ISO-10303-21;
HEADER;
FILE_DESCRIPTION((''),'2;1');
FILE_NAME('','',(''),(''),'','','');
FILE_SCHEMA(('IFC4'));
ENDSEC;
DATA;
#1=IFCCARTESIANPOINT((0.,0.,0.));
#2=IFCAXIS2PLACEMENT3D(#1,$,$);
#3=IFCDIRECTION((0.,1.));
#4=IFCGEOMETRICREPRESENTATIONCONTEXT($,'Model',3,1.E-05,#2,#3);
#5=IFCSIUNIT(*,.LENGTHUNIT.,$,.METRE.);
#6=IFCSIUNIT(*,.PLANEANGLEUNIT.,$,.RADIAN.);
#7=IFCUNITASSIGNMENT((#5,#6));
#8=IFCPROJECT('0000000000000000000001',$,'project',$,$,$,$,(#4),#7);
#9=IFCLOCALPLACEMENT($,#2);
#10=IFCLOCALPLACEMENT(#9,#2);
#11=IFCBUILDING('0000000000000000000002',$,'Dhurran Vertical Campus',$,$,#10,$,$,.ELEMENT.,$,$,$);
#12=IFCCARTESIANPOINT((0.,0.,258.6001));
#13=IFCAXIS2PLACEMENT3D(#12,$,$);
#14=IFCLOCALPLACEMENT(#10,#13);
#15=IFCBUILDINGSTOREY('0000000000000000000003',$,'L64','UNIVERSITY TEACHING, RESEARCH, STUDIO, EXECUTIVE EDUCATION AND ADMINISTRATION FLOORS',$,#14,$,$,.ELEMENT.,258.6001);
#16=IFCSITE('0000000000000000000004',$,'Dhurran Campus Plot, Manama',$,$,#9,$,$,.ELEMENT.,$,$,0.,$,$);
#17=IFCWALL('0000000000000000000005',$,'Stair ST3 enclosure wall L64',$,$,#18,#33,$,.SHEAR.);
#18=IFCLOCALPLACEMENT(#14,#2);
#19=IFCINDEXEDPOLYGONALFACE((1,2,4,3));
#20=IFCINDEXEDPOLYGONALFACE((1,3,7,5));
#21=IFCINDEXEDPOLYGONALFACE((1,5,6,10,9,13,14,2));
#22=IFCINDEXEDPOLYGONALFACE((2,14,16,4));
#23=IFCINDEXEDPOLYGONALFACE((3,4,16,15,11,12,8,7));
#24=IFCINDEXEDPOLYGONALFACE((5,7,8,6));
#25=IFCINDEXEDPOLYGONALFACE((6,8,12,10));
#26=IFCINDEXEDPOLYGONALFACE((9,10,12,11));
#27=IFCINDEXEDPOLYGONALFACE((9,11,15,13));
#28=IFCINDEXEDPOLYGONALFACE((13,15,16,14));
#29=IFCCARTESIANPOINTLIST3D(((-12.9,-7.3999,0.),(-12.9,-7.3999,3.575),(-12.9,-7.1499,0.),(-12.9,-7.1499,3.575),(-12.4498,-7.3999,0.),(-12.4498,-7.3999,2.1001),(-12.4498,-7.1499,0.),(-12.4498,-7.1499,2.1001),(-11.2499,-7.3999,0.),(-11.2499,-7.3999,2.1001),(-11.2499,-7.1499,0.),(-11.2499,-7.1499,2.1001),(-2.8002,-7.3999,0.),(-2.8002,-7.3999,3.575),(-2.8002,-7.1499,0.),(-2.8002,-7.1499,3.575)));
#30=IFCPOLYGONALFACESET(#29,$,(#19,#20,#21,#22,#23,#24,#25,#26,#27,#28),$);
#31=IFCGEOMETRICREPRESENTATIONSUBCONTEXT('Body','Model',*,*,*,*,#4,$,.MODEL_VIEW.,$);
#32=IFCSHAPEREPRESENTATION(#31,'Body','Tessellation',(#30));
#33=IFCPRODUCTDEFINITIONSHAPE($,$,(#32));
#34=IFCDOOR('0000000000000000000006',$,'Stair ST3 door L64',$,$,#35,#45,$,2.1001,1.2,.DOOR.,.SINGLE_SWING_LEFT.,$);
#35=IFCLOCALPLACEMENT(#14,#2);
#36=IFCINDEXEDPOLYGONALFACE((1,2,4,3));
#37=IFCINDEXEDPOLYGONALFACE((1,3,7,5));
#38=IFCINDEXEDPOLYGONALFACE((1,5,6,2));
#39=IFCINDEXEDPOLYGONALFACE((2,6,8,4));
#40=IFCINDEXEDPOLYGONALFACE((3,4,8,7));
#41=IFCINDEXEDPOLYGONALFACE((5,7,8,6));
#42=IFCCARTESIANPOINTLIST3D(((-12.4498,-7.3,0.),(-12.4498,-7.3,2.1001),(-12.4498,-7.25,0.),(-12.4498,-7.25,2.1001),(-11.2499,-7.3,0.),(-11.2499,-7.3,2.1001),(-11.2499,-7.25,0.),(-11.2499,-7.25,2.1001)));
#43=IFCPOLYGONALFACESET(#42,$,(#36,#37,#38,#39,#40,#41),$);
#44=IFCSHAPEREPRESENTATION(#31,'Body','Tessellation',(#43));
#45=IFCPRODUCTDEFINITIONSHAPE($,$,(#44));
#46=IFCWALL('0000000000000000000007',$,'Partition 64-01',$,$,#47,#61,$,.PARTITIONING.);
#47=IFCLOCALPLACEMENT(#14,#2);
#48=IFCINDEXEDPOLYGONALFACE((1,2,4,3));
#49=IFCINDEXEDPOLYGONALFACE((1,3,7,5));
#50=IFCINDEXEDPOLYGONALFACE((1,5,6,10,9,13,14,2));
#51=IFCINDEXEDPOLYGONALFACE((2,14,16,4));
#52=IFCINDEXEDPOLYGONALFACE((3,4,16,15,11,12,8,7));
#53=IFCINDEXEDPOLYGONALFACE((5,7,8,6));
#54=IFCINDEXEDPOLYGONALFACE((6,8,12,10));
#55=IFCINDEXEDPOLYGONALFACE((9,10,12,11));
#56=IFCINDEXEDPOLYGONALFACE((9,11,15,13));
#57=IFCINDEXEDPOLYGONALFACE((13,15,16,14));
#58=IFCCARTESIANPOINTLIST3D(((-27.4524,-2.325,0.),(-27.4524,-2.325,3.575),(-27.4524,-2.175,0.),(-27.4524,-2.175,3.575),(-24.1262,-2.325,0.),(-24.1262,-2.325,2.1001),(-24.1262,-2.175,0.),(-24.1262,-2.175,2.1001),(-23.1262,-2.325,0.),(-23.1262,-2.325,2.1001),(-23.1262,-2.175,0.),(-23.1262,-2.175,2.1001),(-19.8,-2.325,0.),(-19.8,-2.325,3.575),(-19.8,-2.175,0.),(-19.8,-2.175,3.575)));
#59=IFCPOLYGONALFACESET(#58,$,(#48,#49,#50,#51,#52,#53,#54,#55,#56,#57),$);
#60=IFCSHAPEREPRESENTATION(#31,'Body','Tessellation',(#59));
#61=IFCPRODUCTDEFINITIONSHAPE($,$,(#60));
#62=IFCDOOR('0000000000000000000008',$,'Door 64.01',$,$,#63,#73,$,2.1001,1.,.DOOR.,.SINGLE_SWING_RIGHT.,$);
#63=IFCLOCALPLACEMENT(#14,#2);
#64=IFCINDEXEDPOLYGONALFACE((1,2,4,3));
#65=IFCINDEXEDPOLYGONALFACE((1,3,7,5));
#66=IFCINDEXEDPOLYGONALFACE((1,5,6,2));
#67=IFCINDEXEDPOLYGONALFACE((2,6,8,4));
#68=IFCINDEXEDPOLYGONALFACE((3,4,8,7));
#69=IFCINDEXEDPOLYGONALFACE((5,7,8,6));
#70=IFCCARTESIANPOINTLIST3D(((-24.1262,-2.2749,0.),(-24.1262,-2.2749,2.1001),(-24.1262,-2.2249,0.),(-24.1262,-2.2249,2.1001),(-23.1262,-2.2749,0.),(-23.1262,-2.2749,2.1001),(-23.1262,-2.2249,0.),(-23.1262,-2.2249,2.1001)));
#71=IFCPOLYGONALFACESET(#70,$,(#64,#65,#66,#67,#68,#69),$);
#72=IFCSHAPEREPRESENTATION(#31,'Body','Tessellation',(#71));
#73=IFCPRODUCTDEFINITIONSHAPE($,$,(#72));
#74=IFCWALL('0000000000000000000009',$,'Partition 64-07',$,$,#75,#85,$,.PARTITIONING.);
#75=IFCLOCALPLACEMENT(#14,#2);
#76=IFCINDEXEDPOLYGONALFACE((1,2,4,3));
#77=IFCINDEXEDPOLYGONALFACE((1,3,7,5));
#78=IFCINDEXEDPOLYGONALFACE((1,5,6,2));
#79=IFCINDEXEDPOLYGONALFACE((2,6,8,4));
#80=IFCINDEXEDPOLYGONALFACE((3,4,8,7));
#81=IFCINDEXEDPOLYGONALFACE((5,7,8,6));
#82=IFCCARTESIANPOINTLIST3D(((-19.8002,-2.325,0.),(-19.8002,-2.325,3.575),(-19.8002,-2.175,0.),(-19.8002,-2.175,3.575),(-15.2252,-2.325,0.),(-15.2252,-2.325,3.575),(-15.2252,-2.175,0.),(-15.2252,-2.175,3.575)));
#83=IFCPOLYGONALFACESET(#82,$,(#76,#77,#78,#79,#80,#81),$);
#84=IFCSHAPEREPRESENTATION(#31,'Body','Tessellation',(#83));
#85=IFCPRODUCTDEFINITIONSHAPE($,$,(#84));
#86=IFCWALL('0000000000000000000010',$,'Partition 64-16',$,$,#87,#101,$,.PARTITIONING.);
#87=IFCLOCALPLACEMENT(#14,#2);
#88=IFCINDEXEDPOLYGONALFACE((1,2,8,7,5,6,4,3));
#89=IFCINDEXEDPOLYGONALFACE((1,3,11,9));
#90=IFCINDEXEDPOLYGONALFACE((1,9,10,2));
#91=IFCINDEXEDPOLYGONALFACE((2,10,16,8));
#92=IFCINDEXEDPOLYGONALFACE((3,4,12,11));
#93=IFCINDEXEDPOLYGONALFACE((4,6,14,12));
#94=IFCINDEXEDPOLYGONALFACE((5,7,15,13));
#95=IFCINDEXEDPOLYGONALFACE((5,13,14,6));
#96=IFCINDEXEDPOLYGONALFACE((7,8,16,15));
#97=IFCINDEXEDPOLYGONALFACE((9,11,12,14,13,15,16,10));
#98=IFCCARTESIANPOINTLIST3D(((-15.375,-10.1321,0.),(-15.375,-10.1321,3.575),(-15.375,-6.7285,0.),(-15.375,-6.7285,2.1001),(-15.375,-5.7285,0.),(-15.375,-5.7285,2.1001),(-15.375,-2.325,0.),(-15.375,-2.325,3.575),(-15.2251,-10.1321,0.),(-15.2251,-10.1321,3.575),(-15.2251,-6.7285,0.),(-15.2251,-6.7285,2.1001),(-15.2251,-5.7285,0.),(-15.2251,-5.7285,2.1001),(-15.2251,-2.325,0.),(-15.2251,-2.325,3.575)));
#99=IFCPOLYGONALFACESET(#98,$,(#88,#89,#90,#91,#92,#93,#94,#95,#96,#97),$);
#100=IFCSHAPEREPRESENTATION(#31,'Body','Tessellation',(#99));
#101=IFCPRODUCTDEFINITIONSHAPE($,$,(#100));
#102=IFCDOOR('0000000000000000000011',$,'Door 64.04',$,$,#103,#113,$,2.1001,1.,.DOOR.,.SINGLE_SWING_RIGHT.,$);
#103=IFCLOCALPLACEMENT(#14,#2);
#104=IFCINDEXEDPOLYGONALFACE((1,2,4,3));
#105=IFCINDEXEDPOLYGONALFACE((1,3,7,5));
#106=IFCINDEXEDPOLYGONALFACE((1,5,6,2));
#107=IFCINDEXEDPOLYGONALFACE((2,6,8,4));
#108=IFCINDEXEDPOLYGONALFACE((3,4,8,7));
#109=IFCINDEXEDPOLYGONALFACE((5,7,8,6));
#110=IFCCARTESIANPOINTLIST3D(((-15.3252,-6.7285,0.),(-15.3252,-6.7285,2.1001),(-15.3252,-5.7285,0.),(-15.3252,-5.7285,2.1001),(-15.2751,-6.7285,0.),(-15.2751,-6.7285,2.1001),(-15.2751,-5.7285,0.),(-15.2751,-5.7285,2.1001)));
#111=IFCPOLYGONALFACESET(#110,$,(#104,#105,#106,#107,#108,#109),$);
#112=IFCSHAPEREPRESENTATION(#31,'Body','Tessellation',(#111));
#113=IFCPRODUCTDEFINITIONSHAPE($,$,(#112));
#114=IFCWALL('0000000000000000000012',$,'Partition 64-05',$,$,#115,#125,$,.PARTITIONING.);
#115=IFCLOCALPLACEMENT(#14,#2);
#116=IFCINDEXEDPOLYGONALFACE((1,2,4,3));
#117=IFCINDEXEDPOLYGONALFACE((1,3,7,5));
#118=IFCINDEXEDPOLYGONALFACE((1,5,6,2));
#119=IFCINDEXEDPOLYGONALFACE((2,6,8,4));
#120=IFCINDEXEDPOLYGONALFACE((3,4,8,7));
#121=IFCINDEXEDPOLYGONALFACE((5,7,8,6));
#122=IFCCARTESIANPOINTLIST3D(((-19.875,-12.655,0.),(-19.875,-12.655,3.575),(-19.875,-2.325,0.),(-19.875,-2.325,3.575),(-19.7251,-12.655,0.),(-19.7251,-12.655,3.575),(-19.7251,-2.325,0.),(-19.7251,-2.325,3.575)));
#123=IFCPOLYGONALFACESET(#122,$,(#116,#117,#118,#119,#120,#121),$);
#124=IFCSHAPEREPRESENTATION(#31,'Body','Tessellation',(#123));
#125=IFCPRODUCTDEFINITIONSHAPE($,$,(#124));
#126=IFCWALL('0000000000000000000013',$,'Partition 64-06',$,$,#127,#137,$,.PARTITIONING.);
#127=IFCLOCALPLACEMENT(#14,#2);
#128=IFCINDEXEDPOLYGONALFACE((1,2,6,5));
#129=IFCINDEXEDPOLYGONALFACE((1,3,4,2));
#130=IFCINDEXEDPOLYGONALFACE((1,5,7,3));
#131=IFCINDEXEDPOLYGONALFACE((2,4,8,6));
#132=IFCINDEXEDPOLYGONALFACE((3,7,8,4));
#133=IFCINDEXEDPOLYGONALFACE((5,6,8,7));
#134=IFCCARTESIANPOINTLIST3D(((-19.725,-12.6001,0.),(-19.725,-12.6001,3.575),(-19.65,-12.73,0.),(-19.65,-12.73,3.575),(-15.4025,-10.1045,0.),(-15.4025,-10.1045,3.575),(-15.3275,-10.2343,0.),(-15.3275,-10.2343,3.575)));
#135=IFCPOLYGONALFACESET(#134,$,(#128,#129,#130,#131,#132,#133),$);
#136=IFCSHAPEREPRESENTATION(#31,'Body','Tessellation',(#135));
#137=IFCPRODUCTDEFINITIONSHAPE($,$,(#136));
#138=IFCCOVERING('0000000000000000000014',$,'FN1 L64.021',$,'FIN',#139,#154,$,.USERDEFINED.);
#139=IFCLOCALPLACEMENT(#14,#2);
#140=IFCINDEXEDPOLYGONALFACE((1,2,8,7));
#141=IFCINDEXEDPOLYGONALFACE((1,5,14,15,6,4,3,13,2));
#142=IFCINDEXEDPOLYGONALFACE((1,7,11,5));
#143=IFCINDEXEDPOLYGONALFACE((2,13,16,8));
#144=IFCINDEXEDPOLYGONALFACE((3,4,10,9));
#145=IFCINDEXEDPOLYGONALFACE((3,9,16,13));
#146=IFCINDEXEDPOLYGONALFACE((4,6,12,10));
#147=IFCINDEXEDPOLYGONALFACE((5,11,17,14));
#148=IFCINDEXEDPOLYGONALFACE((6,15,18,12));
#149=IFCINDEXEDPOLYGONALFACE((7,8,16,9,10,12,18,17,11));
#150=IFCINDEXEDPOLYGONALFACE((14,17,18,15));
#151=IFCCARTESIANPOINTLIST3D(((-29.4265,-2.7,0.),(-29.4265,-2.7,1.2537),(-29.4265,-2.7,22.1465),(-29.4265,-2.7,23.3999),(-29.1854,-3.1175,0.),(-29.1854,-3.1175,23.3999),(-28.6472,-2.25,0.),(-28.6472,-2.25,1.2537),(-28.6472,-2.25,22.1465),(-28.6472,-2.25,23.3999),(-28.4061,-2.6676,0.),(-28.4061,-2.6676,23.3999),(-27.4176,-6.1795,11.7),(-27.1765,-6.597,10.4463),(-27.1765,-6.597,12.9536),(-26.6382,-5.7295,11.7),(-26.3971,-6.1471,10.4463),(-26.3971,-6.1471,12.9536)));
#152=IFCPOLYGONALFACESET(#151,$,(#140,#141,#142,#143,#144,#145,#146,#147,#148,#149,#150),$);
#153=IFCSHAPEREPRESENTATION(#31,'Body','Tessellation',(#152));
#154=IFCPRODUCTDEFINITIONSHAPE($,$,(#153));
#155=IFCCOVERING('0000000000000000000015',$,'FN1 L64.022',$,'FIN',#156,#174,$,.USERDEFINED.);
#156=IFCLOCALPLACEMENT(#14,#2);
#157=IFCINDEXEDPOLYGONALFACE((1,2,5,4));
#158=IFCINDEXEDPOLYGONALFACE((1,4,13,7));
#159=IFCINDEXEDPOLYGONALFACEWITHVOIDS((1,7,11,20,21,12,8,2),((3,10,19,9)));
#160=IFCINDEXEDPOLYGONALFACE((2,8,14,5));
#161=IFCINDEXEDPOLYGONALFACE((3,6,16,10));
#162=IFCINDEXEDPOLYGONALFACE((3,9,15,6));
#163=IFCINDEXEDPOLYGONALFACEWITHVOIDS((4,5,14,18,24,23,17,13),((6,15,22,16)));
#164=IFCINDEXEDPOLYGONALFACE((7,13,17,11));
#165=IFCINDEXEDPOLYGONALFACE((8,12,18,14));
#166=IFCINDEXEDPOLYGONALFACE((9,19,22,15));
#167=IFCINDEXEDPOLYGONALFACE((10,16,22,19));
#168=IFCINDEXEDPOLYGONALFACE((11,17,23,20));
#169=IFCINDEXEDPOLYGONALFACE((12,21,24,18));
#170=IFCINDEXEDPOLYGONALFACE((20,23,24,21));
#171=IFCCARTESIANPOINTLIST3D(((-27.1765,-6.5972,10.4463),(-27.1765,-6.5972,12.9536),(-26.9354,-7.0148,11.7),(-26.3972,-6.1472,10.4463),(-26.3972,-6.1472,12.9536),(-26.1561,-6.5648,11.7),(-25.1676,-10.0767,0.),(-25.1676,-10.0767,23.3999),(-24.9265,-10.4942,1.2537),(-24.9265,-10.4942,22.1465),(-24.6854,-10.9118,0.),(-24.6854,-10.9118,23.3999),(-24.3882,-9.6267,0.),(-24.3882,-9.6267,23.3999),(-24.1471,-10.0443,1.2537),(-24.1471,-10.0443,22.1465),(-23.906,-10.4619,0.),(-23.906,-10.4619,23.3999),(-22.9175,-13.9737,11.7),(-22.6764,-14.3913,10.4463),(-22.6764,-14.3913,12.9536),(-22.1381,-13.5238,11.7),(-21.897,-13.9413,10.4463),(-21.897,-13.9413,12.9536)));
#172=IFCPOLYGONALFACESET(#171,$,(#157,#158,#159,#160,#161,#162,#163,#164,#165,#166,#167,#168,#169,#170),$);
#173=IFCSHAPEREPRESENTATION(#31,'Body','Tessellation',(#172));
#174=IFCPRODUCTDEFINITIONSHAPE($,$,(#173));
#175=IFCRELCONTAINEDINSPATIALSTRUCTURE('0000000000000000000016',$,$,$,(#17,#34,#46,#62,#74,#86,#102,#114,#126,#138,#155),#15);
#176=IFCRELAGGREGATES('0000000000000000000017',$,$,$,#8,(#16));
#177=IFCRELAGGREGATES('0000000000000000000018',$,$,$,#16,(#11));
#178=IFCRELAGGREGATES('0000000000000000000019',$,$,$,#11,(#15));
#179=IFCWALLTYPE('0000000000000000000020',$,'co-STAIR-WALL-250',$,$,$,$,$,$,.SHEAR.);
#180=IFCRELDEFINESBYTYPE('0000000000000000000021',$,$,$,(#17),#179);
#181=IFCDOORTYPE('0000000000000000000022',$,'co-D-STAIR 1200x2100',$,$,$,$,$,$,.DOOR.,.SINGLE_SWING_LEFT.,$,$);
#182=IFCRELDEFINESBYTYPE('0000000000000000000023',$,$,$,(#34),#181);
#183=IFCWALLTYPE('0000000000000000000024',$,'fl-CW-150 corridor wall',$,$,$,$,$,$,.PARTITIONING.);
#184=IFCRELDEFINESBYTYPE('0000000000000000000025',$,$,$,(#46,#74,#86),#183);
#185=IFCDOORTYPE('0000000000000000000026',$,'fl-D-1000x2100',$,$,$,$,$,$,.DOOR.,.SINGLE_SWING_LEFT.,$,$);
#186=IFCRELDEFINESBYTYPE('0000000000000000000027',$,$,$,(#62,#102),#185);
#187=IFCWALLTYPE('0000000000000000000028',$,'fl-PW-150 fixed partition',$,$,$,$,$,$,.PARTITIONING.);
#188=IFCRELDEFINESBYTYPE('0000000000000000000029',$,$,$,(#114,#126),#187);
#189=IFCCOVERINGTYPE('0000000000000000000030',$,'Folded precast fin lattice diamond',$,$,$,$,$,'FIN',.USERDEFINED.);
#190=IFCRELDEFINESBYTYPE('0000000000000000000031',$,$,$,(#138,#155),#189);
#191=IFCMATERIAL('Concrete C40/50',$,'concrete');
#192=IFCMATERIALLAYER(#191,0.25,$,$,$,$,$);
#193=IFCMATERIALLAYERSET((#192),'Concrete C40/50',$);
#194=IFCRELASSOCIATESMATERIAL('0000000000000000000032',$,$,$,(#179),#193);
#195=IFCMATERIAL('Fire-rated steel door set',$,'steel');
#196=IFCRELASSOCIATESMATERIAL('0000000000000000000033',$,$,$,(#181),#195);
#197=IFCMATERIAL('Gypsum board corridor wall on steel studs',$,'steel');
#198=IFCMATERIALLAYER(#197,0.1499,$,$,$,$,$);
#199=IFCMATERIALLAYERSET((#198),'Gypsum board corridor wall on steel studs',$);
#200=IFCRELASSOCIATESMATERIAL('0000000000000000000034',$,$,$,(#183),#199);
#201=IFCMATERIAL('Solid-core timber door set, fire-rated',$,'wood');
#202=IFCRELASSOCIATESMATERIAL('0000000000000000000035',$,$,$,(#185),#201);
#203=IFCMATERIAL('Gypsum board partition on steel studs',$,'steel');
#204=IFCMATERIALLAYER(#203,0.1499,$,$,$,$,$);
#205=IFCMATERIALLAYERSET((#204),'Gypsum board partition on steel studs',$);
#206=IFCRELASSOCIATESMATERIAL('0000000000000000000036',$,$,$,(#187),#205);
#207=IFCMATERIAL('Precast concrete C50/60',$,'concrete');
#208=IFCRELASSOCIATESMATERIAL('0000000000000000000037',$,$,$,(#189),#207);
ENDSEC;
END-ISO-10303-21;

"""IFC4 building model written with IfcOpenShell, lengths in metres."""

from ifc_helpers import new_model, si_unit, direction, frame, frame_2d, origin, place, context, subcontext, project, spatial, polyline, rectangle, outline, extrude, material, layer, layer_set, type_object, element, fill, save


model = new_model("IFC4")

# Units and contexts
model_context = context("Model", 3, precision=1e-05, world=origin(), true_north=direction((0.0, 1.0)))
body_context = subcontext(model_context, "Body", "Model", "MODEL_VIEW")
ifc_project = project(units=[si_unit("LENGTHUNIT", "METRE"), si_unit("PLANEANGLEUNIT", "RADIAN")], contexts=[model_context])

# Site, building, storey
site_placement = place(None, origin())
site = spatial("IfcSite", under=ifc_project, at=site_placement, Name="Dhurran Campus Plot, Manama", CompositionType="ELEMENT", RefElevation=0.0)
building_placement = place(site_placement, origin())
building = spatial("IfcBuilding", under=site, at=building_placement, Name="Dhurran Vertical Campus", CompositionType="ELEMENT")
storey_placement = place(building_placement, frame((0.0, 0.0, 258.6001)))
storey = spatial("IfcBuildingStorey", under=building, at=storey_placement, Name="L64", Description="UNIVERSITY TEACHING, RESEARCH, STUDIO, EXECUTIVE EDUCATION AND ADMINISTRATION FLOORS", CompositionType="ELEMENT", Elevation=258.6001)

# Walls, openings, doors
ifc_material_1 = material(Name="Concrete C40/50", Category="concrete")
ifc_layer_1 = layer(ifc_material_1, 0.25)
ifc_layer_set_1 = layer_set([ifc_layer_1], Name="Concrete C40/50")
wall_type_1 = type_object("IfcWallType", Name="co-STAIR-WALL-250", PredefinedType="SHEAR", material=ifc_layer_set_1)
wall_1_placement = place(storey_placement, frame((-12.8999, -7.2749, 0.0), z_axis=(0.0, 0.0, 1.0), x_axis=(1.0, 0.0, 0.0)))
wall_1 = element("IfcWall", 1, at=wall_1_placement, inside=storey, type_object=wall_type_1, Name="Stair ST3 enclosure wall L64", PredefinedType="SHEAR", context=body_context, shape_type="SweptSolid", body=[
    extrude(rectangle(XDim=10.0999, YDim=0.25, at=frame_2d((5.0498, 0.0))), origin(), (0.0, 0.0, 1.0), 3.575),
])
opening_1_placement = place(wall_1_placement, frame((0.45, 0.0, 0.0)))
opening_1 = element("IfcOpeningElement", 2, at=opening_1_placement, cuts=wall_1, PredefinedType="OPENING", context=body_context, shape_type="SweptSolid", body=[
    extrude(rectangle(XDim=1.2, YDim=2.1001, at=frame_2d((0.6001, 1.05))), frame((0.0, 0.135, 0.0), z_axis=(0.0, -1.0, 0.0), x_axis=(1.0, 0.0, 0.0)), (0.0, 0.0, 1.0), 0.27),
])
ifc_material_2 = material(Name="Fire-rated steel door set", Category="steel")
door_type_1 = type_object("IfcDoorType", Name="co-D-STAIR 1200x2100", OperationType="SINGLE_SWING_LEFT", PredefinedType="DOOR", material=ifc_material_2)
door_1_placement = place(opening_1_placement, origin())
door_1 = element("IfcDoor", 3, at=door_1_placement, inside=storey, type_object=door_type_1, Name="Stair ST3 door L64", OperationType="SINGLE_SWING_LEFT", OverallHeight=2.1001, OverallWidth=1.2, PredefinedType="DOOR", context=body_context, shape_type="SweptSolid", body=[
    extrude(rectangle(XDim=1.2, YDim=2.1001, at=frame_2d((0.6001, 1.05))), frame((0.0, 0.0249, 0.0), z_axis=(0.0, -1.0, 0.0), x_axis=(1.0, 0.0, 0.0)), (0.0, 0.0, 1.0), 0.05),
])
fill(opening_1, door_1)
ifc_material_3 = material(Name="Gypsum board corridor wall on steel studs", Category="steel")
ifc_layer_2 = layer(ifc_material_3, 0.1499)
ifc_layer_set_2 = layer_set([ifc_layer_2], Name="Gypsum board corridor wall on steel studs")
wall_type_2 = type_object("IfcWallType", Name="fl-CW-150 corridor wall", PredefinedType="PARTITIONING", material=ifc_layer_set_2)
wall_2_placement = place(storey_placement, frame((-19.8, -2.25, 0.0), z_axis=(0.0, 0.0, 1.0), x_axis=(-1.0, 0.0, 0.0)))
wall_2 = element("IfcWall", 4, at=wall_2_placement, inside=storey, type_object=wall_type_2, Name="Partition 64-01", PredefinedType="PARTITIONING", context=body_context, shape_type="SweptSolid", body=[
    extrude(rectangle(XDim=7.6523, YDim=0.1499, at=frame_2d((3.8262, 0.0))), origin(), (0.0, 0.0, 1.0), 3.575),
])
opening_2_placement = place(wall_2_placement, frame((3.3262, 0.0, 0.0)))
opening_2 = element("IfcOpeningElement", 5, at=opening_2_placement, cuts=wall_2, PredefinedType="OPENING", context=body_context, shape_type="SweptSolid", body=[
    extrude(rectangle(XDim=1.0, YDim=2.1001, at=frame_2d((0.5, 1.05))), frame((0.0, 0.085, 0.0), z_axis=(0.0, -1.0, 0.0), x_axis=(1.0, 0.0, 0.0)), (0.0, 0.0, 1.0), 0.1699),
])
ifc_material_4 = material(Name="Solid-core timber door set, fire-rated", Category="wood")
door_type_2 = type_object("IfcDoorType", Name="fl-D-1000x2100", OperationType="SINGLE_SWING_LEFT", PredefinedType="DOOR", material=ifc_material_4)
door_2_placement = place(opening_2_placement, origin())
door_2 = element("IfcDoor", 6, at=door_2_placement, inside=storey, type_object=door_type_2, Name="Door 64.01", OperationType="SINGLE_SWING_RIGHT", OverallHeight=2.1001, OverallWidth=1.0, PredefinedType="DOOR", context=body_context, shape_type="SweptSolid", body=[
    extrude(rectangle(XDim=1.0, YDim=2.1001, at=frame_2d((0.5, 1.05))), frame((0.0, 0.0249, 0.0), z_axis=(0.0, -1.0, 0.0), x_axis=(1.0, 0.0, 0.0)), (0.0, 0.0, 1.0), 0.05),
])
fill(opening_2, door_2)

# Wall
wall_3_placement = place(storey_placement, frame((-15.2251, -2.25, 0.0), z_axis=(0.0, 0.0, 1.0), x_axis=(-1.0, 0.0, 0.0)))
element("IfcWall", 7, at=wall_3_placement, inside=storey, type_object=wall_type_2, Name="Partition 64-07", PredefinedType="PARTITIONING", context=body_context, shape_type="SweptSolid", body=[
    extrude(rectangle(XDim=4.575, YDim=0.1499, at=frame_2d((2.2876, 0.0))), origin(), (0.0, 0.0, 1.0), 3.575),
])

# Wall, opening, door
wall_4_placement = place(storey_placement, frame((-15.3, -2.325, 0.0), z_axis=(0.0, 0.0, 1.0), x_axis=(0.0, -1.0, 0.0)))
wall_4 = element("IfcWall", 8, at=wall_4_placement, inside=storey, type_object=wall_type_2, Name="Partition 64-16", PredefinedType="PARTITIONING", context=body_context, shape_type="SweptSolid", body=[
    extrude(rectangle(XDim=7.8071, YDim=0.1499, at=frame_2d((3.9036, 0.0))), origin(), (0.0, 0.0, 1.0), 3.575),
])
opening_3_placement = place(wall_4_placement, frame((3.4036, 0.0, 0.0)))
opening_3 = element("IfcOpeningElement", 9, at=opening_3_placement, cuts=wall_4, PredefinedType="OPENING", context=body_context, shape_type="SweptSolid", body=[
    extrude(rectangle(XDim=1.0, YDim=2.1001, at=frame_2d((0.5, 1.05))), frame((0.0, 0.085, 0.0), z_axis=(0.0, -1.0, 0.0), x_axis=(1.0, 0.0, 0.0)), (0.0, 0.0, 1.0), 0.1699),
])
door_3_placement = place(opening_3_placement, origin())
door_3 = element("IfcDoor", 10, at=door_3_placement, inside=storey, type_object=door_type_2, Name="Door 64.04", OperationType="SINGLE_SWING_RIGHT", OverallHeight=2.1001, OverallWidth=1.0, PredefinedType="DOOR", context=body_context, shape_type="SweptSolid", body=[
    extrude(rectangle(XDim=1.0, YDim=2.1001, at=frame_2d((0.5, 1.05))), frame((0.0, 0.0249, 0.0), z_axis=(0.0, -1.0, 0.0), x_axis=(1.0, 0.0, 0.0)), (0.0, 0.0, 1.0), 0.05),
])
fill(opening_3, door_3)

# Walls
ifc_material_5 = material(Name="Gypsum board partition on steel studs", Category="steel")
ifc_layer_3 = layer(ifc_material_5, 0.1499)
ifc_layer_set_3 = layer_set([ifc_layer_3], Name="Gypsum board partition on steel studs")
wall_type_3 = type_object("IfcWallType", Name="fl-PW-150 fixed partition", PredefinedType="PARTITIONING", material=ifc_layer_set_3)
wall_5_placement = place(storey_placement, frame((-19.8, -2.325, 0.0), z_axis=(0.0, 0.0, 1.0), x_axis=(0.0, -1.0, 0.0)))
element("IfcWall", 11, at=wall_5_placement, inside=storey, type_object=wall_type_3, Name="Partition 64-05", PredefinedType="PARTITIONING", context=body_context, shape_type="SweptSolid", body=[
    extrude(rectangle(XDim=10.3301, YDim=0.1499, at=frame_2d((5.165, 0.0))), origin(), (0.0, 0.0, 1.0), 3.575),
])
wall_6_placement = place(storey_placement, frame((-15.365, -10.1694, 0.0), z_axis=(0.0, 0.0, 1.0), x_axis=(-0.866025, -0.5, 0.0)))
element("IfcWall", 12, at=wall_6_placement, inside=storey, type_object=wall_type_3, Name="Partition 64-06", PredefinedType="PARTITIONING", context=body_context, shape_type="SweptSolid", body=[
    extrude(rectangle(XDim=4.9912, YDim=0.1499, at=frame_2d((2.4956, 0.0))), origin(), (0.0, 0.0, 1.0), 3.575),
])

# Coverings
ifc_material_6 = material(Name="Precast concrete C50/60", Category="concrete")
covering_type = type_object("IfcCoveringType", Name="Folded precast fin lattice diamond", ElementType="FIN", PredefinedType="USERDEFINED", material=ifc_material_6)
covering_1_placement = place(storey_placement, frame((-28.6472, -2.25, 0.0), z_axis=(-0.866014, -0.50002, 0.0), x_axis=(0.50002, -0.866014, 0.0)))
element("IfcCovering", 13, at=covering_1_placement, inside=storey, type_object=covering_type, Name="FN1 L64.021", ObjectType="FIN", PredefinedType="USERDEFINED", context=body_context, shape_type="SweptSolid", body=[
    extrude(outline(polyline([(4.5, 10.4463), (0.4822, 0.0), (0.0, 0.0), (0.0, 1.2537), (4.0178, 11.7), (0.0, 22.1465), (0.0, 23.3999), (0.4822, 23.3999), (4.5, 12.9536), (4.5, 10.4463)])), origin(), (0.0, 0.0, 1.0), 0.8999),
])
covering_2_placement = place(storey_placement, frame((-26.3972, -6.1472, 0.0), z_axis=(-0.866014, -0.50002, 0.0), x_axis=(0.50002, -0.866014, 0.0)))
element("IfcCovering", 14, at=covering_2_placement, inside=storey, type_object=covering_type, Name="FN1 L64.022", ObjectType="FIN", PredefinedType="USERDEFINED", context=body_context, shape_type="SweptSolid", body=[
    extrude(outline(polyline([(9.0, 12.9536), (9.0, 10.4463), (4.9822, 0.0), (4.0178, 0.0), (0.0, 10.4463), (0.0, 12.9536), (4.0178, 23.3999), (4.9822, 23.3999), (9.0, 12.9536)]), holes=[polyline([(8.5178, 11.7), (4.5, 22.1465), (0.4822, 11.7), (4.5, 1.2537), (8.5178, 11.7)])]), origin(), (0.0, 0.0, 1.0), 0.8999),
])

save(model, "model.ifc")
